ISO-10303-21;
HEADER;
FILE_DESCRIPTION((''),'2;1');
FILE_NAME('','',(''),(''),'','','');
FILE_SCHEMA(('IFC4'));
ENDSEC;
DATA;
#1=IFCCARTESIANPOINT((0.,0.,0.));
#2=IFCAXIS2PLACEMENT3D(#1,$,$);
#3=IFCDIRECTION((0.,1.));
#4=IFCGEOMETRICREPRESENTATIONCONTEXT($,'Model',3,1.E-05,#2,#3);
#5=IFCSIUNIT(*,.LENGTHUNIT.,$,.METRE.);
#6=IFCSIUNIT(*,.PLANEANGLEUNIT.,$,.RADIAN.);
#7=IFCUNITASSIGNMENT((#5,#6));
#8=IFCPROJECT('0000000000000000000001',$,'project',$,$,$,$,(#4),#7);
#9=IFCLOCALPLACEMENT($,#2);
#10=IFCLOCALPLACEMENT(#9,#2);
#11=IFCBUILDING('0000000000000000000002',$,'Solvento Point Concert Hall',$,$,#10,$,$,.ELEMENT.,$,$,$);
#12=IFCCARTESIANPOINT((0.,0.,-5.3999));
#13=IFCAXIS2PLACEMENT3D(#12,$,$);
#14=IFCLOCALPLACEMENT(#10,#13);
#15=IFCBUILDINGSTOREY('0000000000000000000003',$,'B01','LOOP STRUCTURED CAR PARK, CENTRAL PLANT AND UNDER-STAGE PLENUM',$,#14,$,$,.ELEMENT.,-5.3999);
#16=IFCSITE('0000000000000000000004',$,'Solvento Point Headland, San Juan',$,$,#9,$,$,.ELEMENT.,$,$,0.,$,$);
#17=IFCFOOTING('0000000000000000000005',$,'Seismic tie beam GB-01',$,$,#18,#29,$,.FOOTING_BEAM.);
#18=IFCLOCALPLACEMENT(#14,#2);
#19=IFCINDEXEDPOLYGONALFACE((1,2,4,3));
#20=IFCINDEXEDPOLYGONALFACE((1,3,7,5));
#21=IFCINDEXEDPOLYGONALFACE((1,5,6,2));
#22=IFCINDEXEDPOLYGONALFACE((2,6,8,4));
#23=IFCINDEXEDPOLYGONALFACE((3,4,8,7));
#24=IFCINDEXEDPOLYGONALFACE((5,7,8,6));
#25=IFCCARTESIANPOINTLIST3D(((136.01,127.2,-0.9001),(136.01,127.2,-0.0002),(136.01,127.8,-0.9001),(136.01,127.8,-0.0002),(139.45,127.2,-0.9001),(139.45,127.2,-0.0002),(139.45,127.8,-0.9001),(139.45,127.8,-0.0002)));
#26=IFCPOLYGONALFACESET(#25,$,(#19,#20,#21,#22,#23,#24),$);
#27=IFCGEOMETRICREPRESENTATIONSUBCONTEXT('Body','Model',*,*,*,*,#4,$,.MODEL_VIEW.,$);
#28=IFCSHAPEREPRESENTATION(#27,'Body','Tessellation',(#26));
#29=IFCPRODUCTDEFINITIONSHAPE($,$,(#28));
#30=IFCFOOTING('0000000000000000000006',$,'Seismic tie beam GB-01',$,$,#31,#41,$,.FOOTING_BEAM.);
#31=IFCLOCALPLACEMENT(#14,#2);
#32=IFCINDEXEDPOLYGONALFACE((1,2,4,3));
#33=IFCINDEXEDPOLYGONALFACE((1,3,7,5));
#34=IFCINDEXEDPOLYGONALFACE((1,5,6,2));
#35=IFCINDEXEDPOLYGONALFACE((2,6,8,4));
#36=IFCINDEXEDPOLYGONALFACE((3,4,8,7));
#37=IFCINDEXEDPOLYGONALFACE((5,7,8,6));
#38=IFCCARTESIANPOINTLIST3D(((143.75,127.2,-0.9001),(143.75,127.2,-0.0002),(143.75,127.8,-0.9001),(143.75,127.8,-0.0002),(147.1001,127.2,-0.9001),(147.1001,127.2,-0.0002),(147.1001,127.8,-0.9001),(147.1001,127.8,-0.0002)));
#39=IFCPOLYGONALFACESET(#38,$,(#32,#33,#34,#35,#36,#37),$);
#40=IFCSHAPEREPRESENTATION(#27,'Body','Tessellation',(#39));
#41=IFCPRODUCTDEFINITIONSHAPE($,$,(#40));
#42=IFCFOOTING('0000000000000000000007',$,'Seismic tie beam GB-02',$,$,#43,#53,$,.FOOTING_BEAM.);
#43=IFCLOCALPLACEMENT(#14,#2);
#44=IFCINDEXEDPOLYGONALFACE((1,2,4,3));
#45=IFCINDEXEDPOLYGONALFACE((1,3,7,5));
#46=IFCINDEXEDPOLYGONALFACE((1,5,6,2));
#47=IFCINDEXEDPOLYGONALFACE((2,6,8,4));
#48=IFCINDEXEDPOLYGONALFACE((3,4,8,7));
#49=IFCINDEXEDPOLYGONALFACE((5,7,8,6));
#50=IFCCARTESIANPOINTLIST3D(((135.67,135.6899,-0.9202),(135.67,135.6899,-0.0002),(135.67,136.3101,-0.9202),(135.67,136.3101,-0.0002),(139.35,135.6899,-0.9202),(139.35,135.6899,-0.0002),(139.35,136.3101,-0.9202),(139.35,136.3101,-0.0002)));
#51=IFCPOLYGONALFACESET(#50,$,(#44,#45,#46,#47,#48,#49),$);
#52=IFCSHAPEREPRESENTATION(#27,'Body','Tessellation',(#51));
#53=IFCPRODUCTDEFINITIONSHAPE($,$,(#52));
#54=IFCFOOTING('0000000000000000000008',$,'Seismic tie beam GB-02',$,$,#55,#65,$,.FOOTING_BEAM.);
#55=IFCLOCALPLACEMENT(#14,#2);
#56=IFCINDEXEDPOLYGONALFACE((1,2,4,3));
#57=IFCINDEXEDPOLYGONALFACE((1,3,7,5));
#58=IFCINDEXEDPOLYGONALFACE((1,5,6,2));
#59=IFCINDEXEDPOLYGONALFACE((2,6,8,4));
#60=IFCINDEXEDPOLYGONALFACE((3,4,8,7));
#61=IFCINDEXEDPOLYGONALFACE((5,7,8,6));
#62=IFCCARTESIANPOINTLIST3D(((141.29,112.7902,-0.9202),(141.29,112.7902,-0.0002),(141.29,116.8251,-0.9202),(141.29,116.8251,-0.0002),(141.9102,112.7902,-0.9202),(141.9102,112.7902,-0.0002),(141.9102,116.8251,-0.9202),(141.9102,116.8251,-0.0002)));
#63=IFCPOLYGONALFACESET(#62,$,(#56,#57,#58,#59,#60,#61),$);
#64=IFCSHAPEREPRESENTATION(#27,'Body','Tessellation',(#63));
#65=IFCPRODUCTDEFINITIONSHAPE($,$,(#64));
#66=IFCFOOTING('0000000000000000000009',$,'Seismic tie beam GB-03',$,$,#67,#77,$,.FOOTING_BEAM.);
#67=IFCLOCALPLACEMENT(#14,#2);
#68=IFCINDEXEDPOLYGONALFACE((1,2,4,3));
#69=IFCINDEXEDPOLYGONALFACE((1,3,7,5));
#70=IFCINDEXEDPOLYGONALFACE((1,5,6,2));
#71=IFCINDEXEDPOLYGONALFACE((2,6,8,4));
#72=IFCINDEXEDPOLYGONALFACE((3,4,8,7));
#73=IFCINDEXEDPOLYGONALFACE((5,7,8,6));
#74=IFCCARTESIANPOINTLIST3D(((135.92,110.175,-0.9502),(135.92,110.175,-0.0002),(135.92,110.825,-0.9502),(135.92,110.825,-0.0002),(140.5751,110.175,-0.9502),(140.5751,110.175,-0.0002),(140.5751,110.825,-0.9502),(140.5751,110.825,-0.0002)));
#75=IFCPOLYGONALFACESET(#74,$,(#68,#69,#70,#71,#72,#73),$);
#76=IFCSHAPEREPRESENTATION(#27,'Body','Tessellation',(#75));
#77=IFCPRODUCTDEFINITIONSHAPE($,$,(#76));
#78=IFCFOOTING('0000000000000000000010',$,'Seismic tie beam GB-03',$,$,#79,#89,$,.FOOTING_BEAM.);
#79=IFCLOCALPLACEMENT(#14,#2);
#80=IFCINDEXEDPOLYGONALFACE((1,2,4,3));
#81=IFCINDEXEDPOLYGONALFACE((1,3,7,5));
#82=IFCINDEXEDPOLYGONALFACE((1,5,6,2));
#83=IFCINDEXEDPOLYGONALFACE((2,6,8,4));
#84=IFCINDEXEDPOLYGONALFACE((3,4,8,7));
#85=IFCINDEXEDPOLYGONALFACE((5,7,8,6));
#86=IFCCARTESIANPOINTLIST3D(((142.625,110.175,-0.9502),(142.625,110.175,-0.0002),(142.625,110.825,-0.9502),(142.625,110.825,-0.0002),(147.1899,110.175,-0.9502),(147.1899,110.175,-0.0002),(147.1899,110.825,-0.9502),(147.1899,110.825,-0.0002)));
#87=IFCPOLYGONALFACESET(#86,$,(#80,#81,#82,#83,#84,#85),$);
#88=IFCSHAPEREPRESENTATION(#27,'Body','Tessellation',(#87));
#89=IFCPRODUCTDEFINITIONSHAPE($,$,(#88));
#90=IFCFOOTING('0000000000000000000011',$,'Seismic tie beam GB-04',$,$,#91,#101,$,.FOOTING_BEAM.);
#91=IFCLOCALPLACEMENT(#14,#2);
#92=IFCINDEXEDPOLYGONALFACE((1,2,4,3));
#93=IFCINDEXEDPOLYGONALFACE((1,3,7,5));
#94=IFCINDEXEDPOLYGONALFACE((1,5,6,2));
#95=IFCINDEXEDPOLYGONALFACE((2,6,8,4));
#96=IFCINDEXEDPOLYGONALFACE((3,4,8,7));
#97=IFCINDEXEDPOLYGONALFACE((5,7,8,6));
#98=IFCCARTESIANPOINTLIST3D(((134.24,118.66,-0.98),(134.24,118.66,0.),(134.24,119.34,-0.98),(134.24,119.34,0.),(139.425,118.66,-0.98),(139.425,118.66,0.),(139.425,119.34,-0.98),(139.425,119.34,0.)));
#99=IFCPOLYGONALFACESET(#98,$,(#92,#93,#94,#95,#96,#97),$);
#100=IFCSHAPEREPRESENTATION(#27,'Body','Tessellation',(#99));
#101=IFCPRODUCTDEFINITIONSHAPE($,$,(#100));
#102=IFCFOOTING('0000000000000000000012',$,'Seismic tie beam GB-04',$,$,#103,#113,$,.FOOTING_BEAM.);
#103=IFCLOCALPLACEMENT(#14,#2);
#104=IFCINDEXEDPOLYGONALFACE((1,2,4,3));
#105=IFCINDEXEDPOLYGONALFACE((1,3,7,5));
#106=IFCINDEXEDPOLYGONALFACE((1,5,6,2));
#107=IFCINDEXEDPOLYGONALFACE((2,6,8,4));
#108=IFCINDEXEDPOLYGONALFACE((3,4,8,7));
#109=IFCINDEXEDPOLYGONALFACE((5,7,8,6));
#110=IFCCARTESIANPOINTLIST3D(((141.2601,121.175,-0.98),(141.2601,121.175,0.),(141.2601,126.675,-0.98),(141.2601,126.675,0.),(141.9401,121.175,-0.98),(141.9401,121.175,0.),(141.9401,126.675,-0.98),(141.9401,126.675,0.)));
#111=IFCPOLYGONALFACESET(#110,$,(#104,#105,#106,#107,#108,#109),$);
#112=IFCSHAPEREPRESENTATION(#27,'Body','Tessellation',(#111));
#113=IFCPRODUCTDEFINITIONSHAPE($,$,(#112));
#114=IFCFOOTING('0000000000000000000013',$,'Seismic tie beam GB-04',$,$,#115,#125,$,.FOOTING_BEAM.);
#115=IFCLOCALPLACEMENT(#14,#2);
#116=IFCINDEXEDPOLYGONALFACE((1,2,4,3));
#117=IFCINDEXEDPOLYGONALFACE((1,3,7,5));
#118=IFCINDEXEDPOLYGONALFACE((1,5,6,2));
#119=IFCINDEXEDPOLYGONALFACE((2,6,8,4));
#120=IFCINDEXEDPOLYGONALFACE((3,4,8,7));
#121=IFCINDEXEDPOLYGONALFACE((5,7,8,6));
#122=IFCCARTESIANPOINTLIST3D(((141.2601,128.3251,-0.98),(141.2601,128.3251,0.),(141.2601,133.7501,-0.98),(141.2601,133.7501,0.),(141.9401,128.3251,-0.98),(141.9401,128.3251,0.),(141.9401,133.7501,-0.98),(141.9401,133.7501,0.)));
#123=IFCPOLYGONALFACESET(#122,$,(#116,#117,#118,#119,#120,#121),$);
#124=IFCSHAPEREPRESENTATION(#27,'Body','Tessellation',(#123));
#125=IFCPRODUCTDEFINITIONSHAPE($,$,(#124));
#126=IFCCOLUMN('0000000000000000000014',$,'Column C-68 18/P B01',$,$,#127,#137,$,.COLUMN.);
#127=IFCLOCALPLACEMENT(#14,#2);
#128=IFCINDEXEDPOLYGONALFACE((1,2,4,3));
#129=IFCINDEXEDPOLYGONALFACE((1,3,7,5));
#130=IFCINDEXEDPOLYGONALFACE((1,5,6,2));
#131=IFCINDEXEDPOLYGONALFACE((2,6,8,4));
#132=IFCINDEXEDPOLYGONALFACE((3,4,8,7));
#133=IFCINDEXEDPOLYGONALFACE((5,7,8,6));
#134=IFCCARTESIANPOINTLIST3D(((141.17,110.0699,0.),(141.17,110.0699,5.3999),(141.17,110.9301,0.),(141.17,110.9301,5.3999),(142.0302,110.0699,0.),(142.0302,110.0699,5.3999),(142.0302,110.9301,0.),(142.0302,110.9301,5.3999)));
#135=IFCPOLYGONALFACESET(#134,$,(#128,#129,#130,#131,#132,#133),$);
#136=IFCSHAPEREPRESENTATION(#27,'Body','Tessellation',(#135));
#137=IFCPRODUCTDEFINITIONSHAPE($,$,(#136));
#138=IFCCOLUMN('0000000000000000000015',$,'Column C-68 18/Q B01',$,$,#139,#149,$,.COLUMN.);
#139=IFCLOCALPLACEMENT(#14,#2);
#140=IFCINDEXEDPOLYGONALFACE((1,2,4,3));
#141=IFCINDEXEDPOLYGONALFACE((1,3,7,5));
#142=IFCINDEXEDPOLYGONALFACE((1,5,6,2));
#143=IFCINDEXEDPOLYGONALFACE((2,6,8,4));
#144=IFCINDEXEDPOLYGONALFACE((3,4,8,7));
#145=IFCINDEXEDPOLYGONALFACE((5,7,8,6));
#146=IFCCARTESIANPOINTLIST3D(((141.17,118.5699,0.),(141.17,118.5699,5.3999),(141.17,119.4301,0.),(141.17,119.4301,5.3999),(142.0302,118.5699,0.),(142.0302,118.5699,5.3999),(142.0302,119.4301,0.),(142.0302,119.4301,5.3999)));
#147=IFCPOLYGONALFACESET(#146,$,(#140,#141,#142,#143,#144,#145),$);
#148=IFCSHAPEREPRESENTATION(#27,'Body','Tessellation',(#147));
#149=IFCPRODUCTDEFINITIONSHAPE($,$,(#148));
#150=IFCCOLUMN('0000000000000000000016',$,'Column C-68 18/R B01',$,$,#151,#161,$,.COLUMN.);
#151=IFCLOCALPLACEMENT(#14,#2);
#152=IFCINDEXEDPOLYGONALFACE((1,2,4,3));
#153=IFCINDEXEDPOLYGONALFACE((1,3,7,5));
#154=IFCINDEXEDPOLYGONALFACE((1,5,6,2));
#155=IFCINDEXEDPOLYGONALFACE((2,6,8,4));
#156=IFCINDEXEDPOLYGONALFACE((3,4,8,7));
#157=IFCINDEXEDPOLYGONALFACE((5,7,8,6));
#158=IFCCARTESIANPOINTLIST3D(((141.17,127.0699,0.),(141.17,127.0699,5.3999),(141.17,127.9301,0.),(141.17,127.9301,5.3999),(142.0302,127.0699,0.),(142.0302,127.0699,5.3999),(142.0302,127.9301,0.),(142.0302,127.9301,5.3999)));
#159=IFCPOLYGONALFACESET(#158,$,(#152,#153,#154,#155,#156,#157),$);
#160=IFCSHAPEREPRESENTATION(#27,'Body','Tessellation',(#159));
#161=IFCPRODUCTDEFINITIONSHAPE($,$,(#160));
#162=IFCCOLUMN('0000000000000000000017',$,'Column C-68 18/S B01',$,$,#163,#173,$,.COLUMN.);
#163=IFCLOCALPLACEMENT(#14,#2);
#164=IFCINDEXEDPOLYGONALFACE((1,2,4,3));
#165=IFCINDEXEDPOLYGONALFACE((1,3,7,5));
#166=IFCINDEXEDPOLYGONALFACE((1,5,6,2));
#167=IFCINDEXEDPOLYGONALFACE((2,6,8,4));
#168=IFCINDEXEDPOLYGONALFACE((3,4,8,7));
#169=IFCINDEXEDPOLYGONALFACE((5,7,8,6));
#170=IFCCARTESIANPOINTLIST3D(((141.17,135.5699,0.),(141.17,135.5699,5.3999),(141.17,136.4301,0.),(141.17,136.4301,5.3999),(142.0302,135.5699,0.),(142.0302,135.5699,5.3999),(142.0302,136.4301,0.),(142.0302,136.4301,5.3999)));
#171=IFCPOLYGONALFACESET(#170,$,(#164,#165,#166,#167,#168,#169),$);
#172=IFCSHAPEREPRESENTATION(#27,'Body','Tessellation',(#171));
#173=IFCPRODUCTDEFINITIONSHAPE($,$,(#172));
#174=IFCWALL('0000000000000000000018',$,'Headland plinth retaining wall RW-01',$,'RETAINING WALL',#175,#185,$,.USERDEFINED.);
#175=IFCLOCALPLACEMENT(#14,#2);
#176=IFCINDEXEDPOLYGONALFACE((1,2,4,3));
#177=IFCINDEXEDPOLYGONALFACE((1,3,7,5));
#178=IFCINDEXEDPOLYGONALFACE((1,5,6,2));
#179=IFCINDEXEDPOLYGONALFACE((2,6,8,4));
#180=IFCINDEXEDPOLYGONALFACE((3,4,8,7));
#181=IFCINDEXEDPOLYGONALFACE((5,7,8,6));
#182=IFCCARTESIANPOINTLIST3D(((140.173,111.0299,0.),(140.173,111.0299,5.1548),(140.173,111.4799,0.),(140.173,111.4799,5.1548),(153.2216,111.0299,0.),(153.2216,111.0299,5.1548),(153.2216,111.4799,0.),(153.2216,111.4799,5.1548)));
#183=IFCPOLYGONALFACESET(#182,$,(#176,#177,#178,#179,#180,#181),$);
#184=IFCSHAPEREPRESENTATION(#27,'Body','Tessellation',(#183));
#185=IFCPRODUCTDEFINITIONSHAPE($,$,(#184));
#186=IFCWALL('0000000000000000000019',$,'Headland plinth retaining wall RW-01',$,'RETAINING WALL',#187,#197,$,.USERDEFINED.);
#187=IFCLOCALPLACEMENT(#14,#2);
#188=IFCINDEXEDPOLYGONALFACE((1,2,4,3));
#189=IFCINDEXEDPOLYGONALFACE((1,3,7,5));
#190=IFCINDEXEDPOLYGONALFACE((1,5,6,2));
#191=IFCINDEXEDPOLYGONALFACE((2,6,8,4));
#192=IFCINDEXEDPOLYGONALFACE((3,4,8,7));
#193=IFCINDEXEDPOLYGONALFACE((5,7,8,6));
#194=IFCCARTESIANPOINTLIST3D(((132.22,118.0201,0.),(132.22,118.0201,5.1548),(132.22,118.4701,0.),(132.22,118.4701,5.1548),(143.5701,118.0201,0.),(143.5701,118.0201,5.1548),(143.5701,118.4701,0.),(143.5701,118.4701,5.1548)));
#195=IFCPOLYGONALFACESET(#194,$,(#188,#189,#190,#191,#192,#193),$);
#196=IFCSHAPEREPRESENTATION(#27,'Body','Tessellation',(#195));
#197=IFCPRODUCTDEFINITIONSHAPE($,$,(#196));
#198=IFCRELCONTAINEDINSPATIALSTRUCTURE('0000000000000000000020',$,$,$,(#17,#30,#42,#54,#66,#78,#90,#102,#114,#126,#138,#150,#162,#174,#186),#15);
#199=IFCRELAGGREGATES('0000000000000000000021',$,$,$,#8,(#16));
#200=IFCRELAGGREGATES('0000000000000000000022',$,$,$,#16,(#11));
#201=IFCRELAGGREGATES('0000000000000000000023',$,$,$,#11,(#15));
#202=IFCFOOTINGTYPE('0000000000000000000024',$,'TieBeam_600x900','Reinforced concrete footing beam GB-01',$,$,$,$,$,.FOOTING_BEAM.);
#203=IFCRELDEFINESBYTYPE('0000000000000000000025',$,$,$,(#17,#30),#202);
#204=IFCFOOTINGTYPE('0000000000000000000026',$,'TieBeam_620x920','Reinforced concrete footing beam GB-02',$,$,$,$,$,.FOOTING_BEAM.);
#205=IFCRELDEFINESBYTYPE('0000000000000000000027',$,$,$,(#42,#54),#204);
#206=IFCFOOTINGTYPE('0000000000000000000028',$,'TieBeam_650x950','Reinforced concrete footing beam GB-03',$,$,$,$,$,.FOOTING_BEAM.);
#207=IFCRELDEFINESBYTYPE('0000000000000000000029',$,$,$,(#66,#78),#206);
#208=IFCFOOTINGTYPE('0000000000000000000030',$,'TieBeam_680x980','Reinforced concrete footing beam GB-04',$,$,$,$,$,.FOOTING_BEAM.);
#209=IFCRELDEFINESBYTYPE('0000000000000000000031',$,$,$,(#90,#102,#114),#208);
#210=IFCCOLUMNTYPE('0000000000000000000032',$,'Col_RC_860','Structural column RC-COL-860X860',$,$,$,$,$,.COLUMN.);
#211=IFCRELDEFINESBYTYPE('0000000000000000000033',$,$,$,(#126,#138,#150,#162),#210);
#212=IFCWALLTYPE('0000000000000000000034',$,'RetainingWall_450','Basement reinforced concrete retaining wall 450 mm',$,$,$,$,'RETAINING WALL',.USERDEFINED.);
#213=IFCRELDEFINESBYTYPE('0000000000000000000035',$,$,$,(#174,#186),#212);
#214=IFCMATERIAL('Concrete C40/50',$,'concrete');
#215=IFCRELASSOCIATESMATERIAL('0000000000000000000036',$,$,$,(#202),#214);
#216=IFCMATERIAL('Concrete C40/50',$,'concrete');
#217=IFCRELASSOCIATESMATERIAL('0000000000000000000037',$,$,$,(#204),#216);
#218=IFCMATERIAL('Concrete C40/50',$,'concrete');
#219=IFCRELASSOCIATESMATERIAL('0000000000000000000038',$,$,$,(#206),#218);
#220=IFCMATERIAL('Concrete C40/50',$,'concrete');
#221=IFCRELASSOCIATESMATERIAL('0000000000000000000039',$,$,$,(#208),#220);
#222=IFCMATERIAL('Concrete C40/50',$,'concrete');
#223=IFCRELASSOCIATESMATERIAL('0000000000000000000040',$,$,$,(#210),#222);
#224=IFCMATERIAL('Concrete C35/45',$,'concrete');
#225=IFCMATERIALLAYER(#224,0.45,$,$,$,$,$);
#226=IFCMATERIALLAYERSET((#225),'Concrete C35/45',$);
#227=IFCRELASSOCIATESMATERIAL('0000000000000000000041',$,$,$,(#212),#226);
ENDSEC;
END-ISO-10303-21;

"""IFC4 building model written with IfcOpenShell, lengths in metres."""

from ifc_helpers import new_model, si_unit, direction, frame, frame_2d, origin, origin_2d, place, context, subcontext, project, spatial, rectangle, extrude, material, layer, layer_set, material_profile, profile_set, type_object, element, save


model = new_model("IFC4")

# Units and contexts
model_context = context("Model", 3, precision=1e-05, world=origin(), true_north=direction((0.0, 1.0)))
body_context = subcontext(model_context, "Body", "Model", "MODEL_VIEW")
ifc_project = project(units=[si_unit("LENGTHUNIT", "METRE"), si_unit("PLANEANGLEUNIT", "RADIAN")], contexts=[model_context])

# Site, building, storey
site_placement = place(None, origin())
site = spatial("IfcSite", under=ifc_project, at=site_placement, Name="Solvento Point Headland, San Juan", CompositionType="ELEMENT", RefElevation=0.0)
building_placement = place(site_placement, origin())
building = spatial("IfcBuilding", under=site, at=building_placement, Name="Solvento Point Concert Hall", CompositionType="ELEMENT")
storey_placement = place(building_placement, frame((0.0, 0.0, -5.3999)))
storey = spatial("IfcBuildingStorey", under=building, at=storey_placement, Name="B01", Description="LOOP STRUCTURED CAR PARK, CENTRAL PLANT AND UNDER-STAGE PLENUM", CompositionType="ELEMENT", Elevation=-5.3999)

# Footings
ifc_material_1 = material(Name="Concrete C40/50", Category="concrete")
footing_type_1 = type_object("IfcFootingType", Name="TieBeam_600x900", Description="Reinforced concrete footing beam GB-01", PredefinedType="FOOTING_BEAM", material=ifc_material_1)
footing_1_placement = place(storey_placement, frame((137.73, 127.5, -0.9001), z_axis=(0.0, 0.0, 1.0), x_axis=(1.0, 0.0, 0.0)))
element("IfcFooting", 1, at=footing_1_placement, inside=storey, type_object=footing_type_1, Name="Seismic tie beam GB-01", PredefinedType="FOOTING_BEAM", context=body_context, shape_type="SweptSolid", body=[
    extrude(rectangle(XDim=3.4399, YDim=0.6001, at=origin_2d()), origin(), (0.0, 0.0, 1.0), 0.8999),
])
footing_2_placement = place(storey_placement, frame((145.425, 127.5, -0.9001), z_axis=(0.0, 0.0, 1.0), x_axis=(1.0, 0.0, 0.0)))
element("IfcFooting", 2, at=footing_2_placement, inside=storey, type_object=footing_type_1, Name="Seismic tie beam GB-01", PredefinedType="FOOTING_BEAM", context=body_context, shape_type="SweptSolid", body=[
    extrude(rectangle(XDim=3.3501, YDim=0.6001, at=origin_2d()), origin(), (0.0, 0.0, 1.0), 0.8999),
])
ifc_material_2 = material(Name="Concrete C40/50", Category="concrete")
footing_type_2 = type_object("IfcFootingType", Name="TieBeam_620x920", Description="Reinforced concrete footing beam GB-02", PredefinedType="FOOTING_BEAM", material=ifc_material_2)
footing_3_placement = place(storey_placement, frame((137.51, 136.0, -0.9202), z_axis=(0.0, 0.0, 1.0), x_axis=(1.0, 0.0, 0.0)))
element("IfcFooting", 3, at=footing_3_placement, inside=storey, type_object=footing_type_2, Name="Seismic tie beam GB-02", PredefinedType="FOOTING_BEAM", context=body_context, shape_type="SweptSolid", body=[
    extrude(rectangle(XDim=3.6799, YDim=0.6201, at=origin_2d()), origin(), (0.0, 0.0, 1.0), 0.9199),
])
footing_4_placement = place(storey_placement, frame((141.6001, 114.8076, -0.9202), z_axis=(0.0, 0.0, 1.0), x_axis=(0.0, 1.0, 0.0)))
element("IfcFooting", 4, at=footing_4_placement, inside=storey, type_object=footing_type_2, Name="Seismic tie beam GB-02", PredefinedType="FOOTING_BEAM", context=body_context, shape_type="SweptSolid", body=[
    extrude(rectangle(XDim=4.0349, YDim=0.6201, at=origin_2d()), origin(), (0.0, 0.0, 1.0), 0.9199),
])
ifc_material_3 = material(Name="Concrete C40/50", Category="concrete")
footing_type_3 = type_object("IfcFootingType", Name="TieBeam_650x950", Description="Reinforced concrete footing beam GB-03", PredefinedType="FOOTING_BEAM", material=ifc_material_3)
footing_5_placement = place(storey_placement, frame((138.2476, 110.5, -0.9502), z_axis=(0.0, 0.0, 1.0), x_axis=(1.0, 0.0, 0.0)))
element("IfcFooting", 5, at=footing_5_placement, inside=storey, type_object=footing_type_3, Name="Seismic tie beam GB-03", PredefinedType="FOOTING_BEAM", context=body_context, shape_type="SweptSolid", body=[
    extrude(rectangle(XDim=4.655, YDim=0.6499, at=origin_2d()), origin(), (0.0, 0.0, 1.0), 0.95),
])
footing_6_placement = place(storey_placement, frame((144.9075, 110.5, -0.9502), z_axis=(0.0, 0.0, 1.0), x_axis=(1.0, 0.0, 0.0)))
element("IfcFooting", 6, at=footing_6_placement, inside=storey, type_object=footing_type_3, Name="Seismic tie beam GB-03", PredefinedType="FOOTING_BEAM", context=body_context, shape_type="SweptSolid", body=[
    extrude(rectangle(XDim=4.5649, YDim=0.6499, at=origin_2d()), origin(), (0.0, 0.0, 1.0), 0.95),
])
ifc_material_4 = material(Name="Concrete C40/50", Category="concrete")
footing_type_4 = type_object("IfcFootingType", Name="TieBeam_680x980", Description="Reinforced concrete footing beam GB-04", PredefinedType="FOOTING_BEAM", material=ifc_material_4)
footing_7_placement = place(storey_placement, frame((136.8325, 119.0, -0.98), z_axis=(0.0, 0.0, 1.0), x_axis=(1.0, 0.0, 0.0)))
element("IfcFooting", 7, at=footing_7_placement, inside=storey, type_object=footing_type_4, Name="Seismic tie beam GB-04", PredefinedType="FOOTING_BEAM", context=body_context, shape_type="SweptSolid", body=[
    extrude(rectangle(XDim=5.1851, YDim=0.6799, at=origin_2d()), origin(), (0.0, 0.0, 1.0), 0.98),
])
footing_8_placement = place(storey_placement, frame((141.6001, 123.925, -0.98), z_axis=(0.0, 0.0, 1.0), x_axis=(0.0, 1.0, 0.0)))
element("IfcFooting", 8, at=footing_8_placement, inside=storey, type_object=footing_type_4, Name="Seismic tie beam GB-04", PredefinedType="FOOTING_BEAM", context=body_context, shape_type="SweptSolid", body=[
    extrude(rectangle(XDim=5.5, YDim=0.6799, at=origin_2d()), origin(), (0.0, 0.0, 1.0), 0.98),
])
footing_9_placement = place(storey_placement, frame((141.6001, 131.0376, -0.98), z_axis=(0.0, 0.0, 1.0), x_axis=(0.0, 1.0, 0.0)))
element("IfcFooting", 9, at=footing_9_placement, inside=storey, type_object=footing_type_4, Name="Seismic tie beam GB-04", PredefinedType="FOOTING_BEAM", context=body_context, shape_type="SweptSolid", body=[
    extrude(rectangle(XDim=5.425, YDim=0.6799, at=origin_2d()), origin(), (0.0, 0.0, 1.0), 0.98),
])

# Columns
ifc_material_5 = material(Name="Concrete C40/50", Category="concrete")
ifc_material_profile_1 = material_profile(ifc_material_5, rectangle(XDim=0.8601, YDim=0.8601, at=origin_2d()), Name="RC-COL-860X860")
ifc_profile_set_1 = profile_set([ifc_material_profile_1], Name="Concrete C40/50")
column_type = type_object("IfcColumnType", Name="Col_RC_860", Description="Structural column RC-COL-860X860", PredefinedType="COLUMN", material=ifc_profile_set_1)
for number, where, z_axis, x_axis, name in (
    (10, (141.6001, 110.5, 0.0), (0.0, 0.0, 1.0), (1.0, 0.0, 0.0), "Column C-68 18/P B01"),
    (11, (141.6001, 119.0, 0.0), (0.0, 0.0, 1.0), (1.0, 0.0, 0.0), "Column C-68 18/Q B01"),
    (12, (141.6001, 127.5, 0.0), (0.0, 0.0, 1.0), (1.0, 0.0, 0.0), "Column C-68 18/R B01"),
    (13, (141.6001, 136.0, 0.0), (0.0, 0.0, 1.0), (1.0, 0.0, 0.0), "Column C-68 18/S B01"),
):
    element("IfcColumn", number, at=place(storey_placement, frame(where, z_axis=z_axis, x_axis=x_axis)), inside=storey, type_object=column_type, Name=name, PredefinedType="COLUMN", context=body_context, shape_type="SweptSolid", body=[
        extrude(rectangle(XDim=0.8601, YDim=0.8601, at=origin_2d()), origin(), (0.0, 0.0, 1.0), 5.3999),
    ])

# Walls
ifc_material_6 = material(Name="Concrete C35/45", Category="concrete")
ifc_layer = layer(ifc_material_6, 0.45)
ifc_layer_set = layer_set([ifc_layer], Name="Concrete C35/45")
wall_type = type_object("IfcWallType", Name="RetainingWall_450", Description="Basement reinforced concrete retaining wall 450 mm", ElementType="RETAINING WALL", PredefinedType="USERDEFINED", material=ifc_layer_set)
wall_1_placement = place(storey_placement, frame((140.1729, 111.2549, 0.0), z_axis=(0.0, 0.0, 1.0), x_axis=(1.0, 0.0, 0.0)))
element("IfcWall", 14, at=wall_1_placement, inside=storey, type_object=wall_type, Name="Headland plinth retaining wall RW-01", ObjectType="RETAINING WALL", PredefinedType="USERDEFINED", context=body_context, shape_type="SweptSolid", body=[
    extrude(rectangle(XDim=13.0486, YDim=0.45, at=frame_2d((6.5244, 0.0))), origin(), (0.0, 0.0, 1.0), 5.1548),
])
wall_2_placement = place(storey_placement, frame((143.5701, 118.2451, 0.0), z_axis=(0.0, 0.0, 1.0), x_axis=(-1.0, 0.0, 0.0)))
element("IfcWall", 15, at=wall_2_placement, inside=storey, type_object=wall_type, Name="Headland plinth retaining wall RW-01", ObjectType="RETAINING WALL", PredefinedType="USERDEFINED", context=body_context, shape_type="SweptSolid", body=[
    extrude(rectangle(XDim=11.3501, YDim=0.45, at=frame_2d((5.675, 0.0))), origin(), (0.0, 0.0, 1.0), 5.1548),
])

save(model, "model.ifc")
